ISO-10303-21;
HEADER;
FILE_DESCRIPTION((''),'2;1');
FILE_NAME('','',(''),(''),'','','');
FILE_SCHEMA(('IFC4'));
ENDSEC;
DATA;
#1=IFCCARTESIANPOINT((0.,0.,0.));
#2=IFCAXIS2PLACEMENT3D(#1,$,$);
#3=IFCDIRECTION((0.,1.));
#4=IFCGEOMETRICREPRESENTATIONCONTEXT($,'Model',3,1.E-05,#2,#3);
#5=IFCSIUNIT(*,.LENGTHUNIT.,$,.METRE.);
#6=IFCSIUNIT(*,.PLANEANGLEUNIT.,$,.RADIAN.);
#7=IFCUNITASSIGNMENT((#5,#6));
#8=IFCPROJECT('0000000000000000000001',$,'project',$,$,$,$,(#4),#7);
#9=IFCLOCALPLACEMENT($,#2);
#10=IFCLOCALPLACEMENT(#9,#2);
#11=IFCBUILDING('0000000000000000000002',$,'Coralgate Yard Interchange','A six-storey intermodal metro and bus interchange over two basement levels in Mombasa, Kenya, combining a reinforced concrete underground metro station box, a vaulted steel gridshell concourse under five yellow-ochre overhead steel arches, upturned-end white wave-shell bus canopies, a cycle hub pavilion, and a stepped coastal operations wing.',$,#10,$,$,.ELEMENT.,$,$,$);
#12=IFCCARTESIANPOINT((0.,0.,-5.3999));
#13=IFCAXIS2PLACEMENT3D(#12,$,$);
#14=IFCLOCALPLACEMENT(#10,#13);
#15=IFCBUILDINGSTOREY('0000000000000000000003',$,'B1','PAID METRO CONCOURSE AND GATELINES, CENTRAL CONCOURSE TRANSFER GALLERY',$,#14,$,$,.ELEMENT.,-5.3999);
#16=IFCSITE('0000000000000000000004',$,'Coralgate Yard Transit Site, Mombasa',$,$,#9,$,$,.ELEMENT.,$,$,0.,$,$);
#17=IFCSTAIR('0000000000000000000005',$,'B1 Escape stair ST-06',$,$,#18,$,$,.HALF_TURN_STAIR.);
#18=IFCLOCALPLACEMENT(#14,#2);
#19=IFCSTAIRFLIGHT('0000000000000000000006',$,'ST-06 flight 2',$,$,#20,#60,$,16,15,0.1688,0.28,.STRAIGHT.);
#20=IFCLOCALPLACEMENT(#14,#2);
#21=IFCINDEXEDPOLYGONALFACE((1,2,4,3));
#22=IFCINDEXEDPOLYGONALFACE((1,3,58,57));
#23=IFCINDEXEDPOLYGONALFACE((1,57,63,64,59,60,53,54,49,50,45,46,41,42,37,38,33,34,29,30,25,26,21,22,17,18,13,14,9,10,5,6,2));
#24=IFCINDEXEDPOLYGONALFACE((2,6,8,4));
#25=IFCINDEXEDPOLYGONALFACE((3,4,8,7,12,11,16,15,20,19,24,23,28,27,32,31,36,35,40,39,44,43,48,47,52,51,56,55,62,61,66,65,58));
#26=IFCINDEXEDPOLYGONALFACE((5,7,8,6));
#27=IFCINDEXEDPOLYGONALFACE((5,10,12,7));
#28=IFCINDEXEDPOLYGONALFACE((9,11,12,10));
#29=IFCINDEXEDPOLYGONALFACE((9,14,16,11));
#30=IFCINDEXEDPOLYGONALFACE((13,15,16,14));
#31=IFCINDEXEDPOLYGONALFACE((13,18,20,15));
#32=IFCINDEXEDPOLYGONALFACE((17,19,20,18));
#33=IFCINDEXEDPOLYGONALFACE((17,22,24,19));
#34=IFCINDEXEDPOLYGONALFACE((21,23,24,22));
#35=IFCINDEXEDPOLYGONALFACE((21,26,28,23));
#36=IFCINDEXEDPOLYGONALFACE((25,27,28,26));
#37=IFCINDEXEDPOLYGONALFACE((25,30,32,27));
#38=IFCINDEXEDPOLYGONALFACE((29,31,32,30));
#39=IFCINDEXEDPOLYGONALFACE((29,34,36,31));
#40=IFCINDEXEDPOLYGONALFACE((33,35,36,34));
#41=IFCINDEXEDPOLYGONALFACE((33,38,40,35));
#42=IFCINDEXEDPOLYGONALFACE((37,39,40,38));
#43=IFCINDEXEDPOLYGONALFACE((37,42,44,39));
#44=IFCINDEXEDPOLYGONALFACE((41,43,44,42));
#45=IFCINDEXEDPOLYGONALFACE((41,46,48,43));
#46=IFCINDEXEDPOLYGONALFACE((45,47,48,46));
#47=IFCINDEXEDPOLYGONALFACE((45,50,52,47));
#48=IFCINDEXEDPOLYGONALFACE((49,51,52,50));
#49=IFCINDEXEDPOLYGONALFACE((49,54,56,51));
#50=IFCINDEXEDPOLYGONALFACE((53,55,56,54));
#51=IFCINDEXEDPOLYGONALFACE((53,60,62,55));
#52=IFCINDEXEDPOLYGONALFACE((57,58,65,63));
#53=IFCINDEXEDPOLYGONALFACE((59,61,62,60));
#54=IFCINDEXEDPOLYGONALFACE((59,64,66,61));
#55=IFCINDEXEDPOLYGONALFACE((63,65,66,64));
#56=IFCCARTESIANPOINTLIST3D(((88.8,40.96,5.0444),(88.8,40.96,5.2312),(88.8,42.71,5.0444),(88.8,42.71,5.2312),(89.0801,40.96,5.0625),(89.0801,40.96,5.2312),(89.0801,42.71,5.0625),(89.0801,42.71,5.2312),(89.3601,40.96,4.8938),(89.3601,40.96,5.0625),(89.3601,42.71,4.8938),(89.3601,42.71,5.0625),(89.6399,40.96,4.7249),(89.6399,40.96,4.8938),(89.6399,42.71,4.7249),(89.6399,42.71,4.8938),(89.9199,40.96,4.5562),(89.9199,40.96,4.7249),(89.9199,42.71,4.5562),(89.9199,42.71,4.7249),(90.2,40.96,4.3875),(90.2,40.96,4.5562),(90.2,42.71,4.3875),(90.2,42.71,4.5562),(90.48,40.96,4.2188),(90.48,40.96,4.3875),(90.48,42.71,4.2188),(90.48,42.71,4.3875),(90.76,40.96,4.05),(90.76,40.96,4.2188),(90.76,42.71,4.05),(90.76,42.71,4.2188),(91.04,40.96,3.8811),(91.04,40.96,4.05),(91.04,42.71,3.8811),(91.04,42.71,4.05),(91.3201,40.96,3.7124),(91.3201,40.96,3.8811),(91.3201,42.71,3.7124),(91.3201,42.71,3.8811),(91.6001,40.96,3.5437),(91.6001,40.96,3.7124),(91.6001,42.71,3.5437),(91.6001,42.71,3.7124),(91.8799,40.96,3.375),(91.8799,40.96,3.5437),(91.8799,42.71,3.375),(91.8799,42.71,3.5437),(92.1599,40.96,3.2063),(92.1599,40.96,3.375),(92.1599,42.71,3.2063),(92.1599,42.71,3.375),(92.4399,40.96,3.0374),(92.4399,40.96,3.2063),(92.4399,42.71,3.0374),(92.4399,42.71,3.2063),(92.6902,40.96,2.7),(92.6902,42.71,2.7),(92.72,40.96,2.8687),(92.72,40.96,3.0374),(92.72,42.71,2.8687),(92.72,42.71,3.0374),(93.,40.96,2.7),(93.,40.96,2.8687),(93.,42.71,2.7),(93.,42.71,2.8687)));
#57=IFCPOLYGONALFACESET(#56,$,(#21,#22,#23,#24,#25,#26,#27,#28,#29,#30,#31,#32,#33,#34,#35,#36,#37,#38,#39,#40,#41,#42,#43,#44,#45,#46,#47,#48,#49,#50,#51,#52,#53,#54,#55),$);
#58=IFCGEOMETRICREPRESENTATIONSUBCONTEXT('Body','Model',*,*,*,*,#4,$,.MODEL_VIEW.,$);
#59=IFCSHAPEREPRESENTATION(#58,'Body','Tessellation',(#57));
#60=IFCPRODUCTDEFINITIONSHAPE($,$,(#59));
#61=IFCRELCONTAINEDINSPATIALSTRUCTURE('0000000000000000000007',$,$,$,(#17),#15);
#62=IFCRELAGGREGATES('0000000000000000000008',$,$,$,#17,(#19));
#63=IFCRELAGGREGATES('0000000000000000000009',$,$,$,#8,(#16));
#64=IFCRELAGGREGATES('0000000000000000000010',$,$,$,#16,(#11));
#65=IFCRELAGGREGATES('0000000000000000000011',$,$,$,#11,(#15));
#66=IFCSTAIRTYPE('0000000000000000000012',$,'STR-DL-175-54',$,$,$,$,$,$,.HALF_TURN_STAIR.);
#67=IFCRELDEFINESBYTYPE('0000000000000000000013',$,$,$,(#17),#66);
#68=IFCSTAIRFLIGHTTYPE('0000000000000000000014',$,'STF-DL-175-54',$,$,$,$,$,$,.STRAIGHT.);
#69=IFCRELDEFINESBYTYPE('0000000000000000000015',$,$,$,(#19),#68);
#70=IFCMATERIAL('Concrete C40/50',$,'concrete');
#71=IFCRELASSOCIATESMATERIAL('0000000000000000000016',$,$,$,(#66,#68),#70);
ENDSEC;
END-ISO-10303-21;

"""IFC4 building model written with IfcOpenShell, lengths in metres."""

from ifc_helpers import new_model, si_unit, direction, frame, origin, place, context, subcontext, project, spatial, polyline, outline, extrude, material, type_object, element, aggregate, save


model = new_model("IFC4")

# Units and contexts
model_context = context("Model", 3, precision=1e-05, world=origin(), true_north=direction((0.0, 1.0)))
body_context = subcontext(model_context, "Body", "Model", "MODEL_VIEW")
ifc_project = project(units=[si_unit("LENGTHUNIT", "METRE"), si_unit("PLANEANGLEUNIT", "RADIAN")], contexts=[model_context])

# Site, building, storey
site_placement = place(None, origin())
site = spatial("IfcSite", under=ifc_project, at=site_placement, Name="Coralgate Yard Transit Site, Mombasa", CompositionType="ELEMENT", RefElevation=0.0)
building_placement = place(site_placement, origin())
building = spatial("IfcBuilding", under=site, at=building_placement, Name="Coralgate Yard Interchange", Description="A six-storey intermodal metro and bus interchange over two basement levels in Mombasa, Kenya, combining a reinforced concrete underground metro station box, a vaulted steel gridshell concourse under five yellow-ochre overhead steel arches, upturned-end white wave-shell bus canopies, a cycle hub pavilion, and a stepped coastal operations wing.", CompositionType="ELEMENT")
storey_placement = place(building_placement, frame((0.0, 0.0, -5.3999)))
storey = spatial("IfcBuildingStorey", under=building, at=storey_placement, Name="B1", Description="PAID METRO CONCOURSE AND GATELINES, CENTRAL CONCOURSE TRANSFER GALLERY", CompositionType="ELEMENT", Elevation=-5.3999)

# Shared definitions
ifc_material_1 = material(Name="Concrete C40/50", Category="concrete")

# Stair, stair flight
stair_type = type_object("IfcStairType", Name="STR-DL-175-54", PredefinedType="HALF_TURN_STAIR", material=ifc_material_1)
stair_placement = place(storey_placement, origin())
stair = element("IfcStair", 1, at=stair_placement, inside=storey, type_object=stair_type, Name="B1 Escape stair ST-06", PredefinedType="HALF_TURN_STAIR")
stair_flight_type = type_object("IfcStairFlightType", Name="STF-DL-175-54", PredefinedType="STRAIGHT", material=ifc_material_1)
stair_flight_1_placement = place(storey_placement, frame((93.0, 41.835, 2.7), z_axis=(0.0, 0.0, 1.0), x_axis=(-1.0, 0.0, 0.0)))
stair_flight_1 = element("IfcStairFlight", 2, at=stair_flight_1_placement, type_object=stair_flight_type, Name="ST-06 flight 2", NumberOfRisers=16, NumberOfTreads=15, PredefinedType="STRAIGHT", RiserHeight=0.1688, TreadLength=0.28, context=body_context, shape_type="SweptSolid", body=[
    extrude(outline(polyline([(0.0, 0.0), (0.0, 0.1687), (0.28, 0.1687), (0.28, 0.3374), (0.5601, 0.3374), (0.5601, 0.5063), (0.8401, 0.5063), (0.8401, 0.675), (1.1201, 0.675), (1.1201, 0.8438), (1.3999, 0.8438), (1.3999, 1.0125), (1.6799, 1.0125), (1.6799, 1.1812), (1.96, 1.1812), (1.96, 1.3501), (2.24, 1.3501), (2.24, 1.5188), (2.52, 1.5188), (2.52, 1.6875), (2.8, 1.6875), (2.8, 1.8562), (3.0801, 1.8562), (3.0801, 2.0249), (3.3601, 2.0249), (3.3601, 2.1938), (3.6399, 2.1938), (3.6399, 2.3625), (3.9199, 2.3625), (3.9199, 2.5312), (4.2, 2.5312), (4.2, 2.7), (4.2, 2.3445), (0.3098, 0.0), (0.0, 0.0)])), frame((0.0, 0.875, 0.0), z_axis=(0.0, -1.0, 0.0), x_axis=(1.0, 0.0, 0.0)), (0.0, 0.0, 1.0), 1.75),
])
aggregate(stair, [stair_flight_1])

save(model, "model.ifc")
